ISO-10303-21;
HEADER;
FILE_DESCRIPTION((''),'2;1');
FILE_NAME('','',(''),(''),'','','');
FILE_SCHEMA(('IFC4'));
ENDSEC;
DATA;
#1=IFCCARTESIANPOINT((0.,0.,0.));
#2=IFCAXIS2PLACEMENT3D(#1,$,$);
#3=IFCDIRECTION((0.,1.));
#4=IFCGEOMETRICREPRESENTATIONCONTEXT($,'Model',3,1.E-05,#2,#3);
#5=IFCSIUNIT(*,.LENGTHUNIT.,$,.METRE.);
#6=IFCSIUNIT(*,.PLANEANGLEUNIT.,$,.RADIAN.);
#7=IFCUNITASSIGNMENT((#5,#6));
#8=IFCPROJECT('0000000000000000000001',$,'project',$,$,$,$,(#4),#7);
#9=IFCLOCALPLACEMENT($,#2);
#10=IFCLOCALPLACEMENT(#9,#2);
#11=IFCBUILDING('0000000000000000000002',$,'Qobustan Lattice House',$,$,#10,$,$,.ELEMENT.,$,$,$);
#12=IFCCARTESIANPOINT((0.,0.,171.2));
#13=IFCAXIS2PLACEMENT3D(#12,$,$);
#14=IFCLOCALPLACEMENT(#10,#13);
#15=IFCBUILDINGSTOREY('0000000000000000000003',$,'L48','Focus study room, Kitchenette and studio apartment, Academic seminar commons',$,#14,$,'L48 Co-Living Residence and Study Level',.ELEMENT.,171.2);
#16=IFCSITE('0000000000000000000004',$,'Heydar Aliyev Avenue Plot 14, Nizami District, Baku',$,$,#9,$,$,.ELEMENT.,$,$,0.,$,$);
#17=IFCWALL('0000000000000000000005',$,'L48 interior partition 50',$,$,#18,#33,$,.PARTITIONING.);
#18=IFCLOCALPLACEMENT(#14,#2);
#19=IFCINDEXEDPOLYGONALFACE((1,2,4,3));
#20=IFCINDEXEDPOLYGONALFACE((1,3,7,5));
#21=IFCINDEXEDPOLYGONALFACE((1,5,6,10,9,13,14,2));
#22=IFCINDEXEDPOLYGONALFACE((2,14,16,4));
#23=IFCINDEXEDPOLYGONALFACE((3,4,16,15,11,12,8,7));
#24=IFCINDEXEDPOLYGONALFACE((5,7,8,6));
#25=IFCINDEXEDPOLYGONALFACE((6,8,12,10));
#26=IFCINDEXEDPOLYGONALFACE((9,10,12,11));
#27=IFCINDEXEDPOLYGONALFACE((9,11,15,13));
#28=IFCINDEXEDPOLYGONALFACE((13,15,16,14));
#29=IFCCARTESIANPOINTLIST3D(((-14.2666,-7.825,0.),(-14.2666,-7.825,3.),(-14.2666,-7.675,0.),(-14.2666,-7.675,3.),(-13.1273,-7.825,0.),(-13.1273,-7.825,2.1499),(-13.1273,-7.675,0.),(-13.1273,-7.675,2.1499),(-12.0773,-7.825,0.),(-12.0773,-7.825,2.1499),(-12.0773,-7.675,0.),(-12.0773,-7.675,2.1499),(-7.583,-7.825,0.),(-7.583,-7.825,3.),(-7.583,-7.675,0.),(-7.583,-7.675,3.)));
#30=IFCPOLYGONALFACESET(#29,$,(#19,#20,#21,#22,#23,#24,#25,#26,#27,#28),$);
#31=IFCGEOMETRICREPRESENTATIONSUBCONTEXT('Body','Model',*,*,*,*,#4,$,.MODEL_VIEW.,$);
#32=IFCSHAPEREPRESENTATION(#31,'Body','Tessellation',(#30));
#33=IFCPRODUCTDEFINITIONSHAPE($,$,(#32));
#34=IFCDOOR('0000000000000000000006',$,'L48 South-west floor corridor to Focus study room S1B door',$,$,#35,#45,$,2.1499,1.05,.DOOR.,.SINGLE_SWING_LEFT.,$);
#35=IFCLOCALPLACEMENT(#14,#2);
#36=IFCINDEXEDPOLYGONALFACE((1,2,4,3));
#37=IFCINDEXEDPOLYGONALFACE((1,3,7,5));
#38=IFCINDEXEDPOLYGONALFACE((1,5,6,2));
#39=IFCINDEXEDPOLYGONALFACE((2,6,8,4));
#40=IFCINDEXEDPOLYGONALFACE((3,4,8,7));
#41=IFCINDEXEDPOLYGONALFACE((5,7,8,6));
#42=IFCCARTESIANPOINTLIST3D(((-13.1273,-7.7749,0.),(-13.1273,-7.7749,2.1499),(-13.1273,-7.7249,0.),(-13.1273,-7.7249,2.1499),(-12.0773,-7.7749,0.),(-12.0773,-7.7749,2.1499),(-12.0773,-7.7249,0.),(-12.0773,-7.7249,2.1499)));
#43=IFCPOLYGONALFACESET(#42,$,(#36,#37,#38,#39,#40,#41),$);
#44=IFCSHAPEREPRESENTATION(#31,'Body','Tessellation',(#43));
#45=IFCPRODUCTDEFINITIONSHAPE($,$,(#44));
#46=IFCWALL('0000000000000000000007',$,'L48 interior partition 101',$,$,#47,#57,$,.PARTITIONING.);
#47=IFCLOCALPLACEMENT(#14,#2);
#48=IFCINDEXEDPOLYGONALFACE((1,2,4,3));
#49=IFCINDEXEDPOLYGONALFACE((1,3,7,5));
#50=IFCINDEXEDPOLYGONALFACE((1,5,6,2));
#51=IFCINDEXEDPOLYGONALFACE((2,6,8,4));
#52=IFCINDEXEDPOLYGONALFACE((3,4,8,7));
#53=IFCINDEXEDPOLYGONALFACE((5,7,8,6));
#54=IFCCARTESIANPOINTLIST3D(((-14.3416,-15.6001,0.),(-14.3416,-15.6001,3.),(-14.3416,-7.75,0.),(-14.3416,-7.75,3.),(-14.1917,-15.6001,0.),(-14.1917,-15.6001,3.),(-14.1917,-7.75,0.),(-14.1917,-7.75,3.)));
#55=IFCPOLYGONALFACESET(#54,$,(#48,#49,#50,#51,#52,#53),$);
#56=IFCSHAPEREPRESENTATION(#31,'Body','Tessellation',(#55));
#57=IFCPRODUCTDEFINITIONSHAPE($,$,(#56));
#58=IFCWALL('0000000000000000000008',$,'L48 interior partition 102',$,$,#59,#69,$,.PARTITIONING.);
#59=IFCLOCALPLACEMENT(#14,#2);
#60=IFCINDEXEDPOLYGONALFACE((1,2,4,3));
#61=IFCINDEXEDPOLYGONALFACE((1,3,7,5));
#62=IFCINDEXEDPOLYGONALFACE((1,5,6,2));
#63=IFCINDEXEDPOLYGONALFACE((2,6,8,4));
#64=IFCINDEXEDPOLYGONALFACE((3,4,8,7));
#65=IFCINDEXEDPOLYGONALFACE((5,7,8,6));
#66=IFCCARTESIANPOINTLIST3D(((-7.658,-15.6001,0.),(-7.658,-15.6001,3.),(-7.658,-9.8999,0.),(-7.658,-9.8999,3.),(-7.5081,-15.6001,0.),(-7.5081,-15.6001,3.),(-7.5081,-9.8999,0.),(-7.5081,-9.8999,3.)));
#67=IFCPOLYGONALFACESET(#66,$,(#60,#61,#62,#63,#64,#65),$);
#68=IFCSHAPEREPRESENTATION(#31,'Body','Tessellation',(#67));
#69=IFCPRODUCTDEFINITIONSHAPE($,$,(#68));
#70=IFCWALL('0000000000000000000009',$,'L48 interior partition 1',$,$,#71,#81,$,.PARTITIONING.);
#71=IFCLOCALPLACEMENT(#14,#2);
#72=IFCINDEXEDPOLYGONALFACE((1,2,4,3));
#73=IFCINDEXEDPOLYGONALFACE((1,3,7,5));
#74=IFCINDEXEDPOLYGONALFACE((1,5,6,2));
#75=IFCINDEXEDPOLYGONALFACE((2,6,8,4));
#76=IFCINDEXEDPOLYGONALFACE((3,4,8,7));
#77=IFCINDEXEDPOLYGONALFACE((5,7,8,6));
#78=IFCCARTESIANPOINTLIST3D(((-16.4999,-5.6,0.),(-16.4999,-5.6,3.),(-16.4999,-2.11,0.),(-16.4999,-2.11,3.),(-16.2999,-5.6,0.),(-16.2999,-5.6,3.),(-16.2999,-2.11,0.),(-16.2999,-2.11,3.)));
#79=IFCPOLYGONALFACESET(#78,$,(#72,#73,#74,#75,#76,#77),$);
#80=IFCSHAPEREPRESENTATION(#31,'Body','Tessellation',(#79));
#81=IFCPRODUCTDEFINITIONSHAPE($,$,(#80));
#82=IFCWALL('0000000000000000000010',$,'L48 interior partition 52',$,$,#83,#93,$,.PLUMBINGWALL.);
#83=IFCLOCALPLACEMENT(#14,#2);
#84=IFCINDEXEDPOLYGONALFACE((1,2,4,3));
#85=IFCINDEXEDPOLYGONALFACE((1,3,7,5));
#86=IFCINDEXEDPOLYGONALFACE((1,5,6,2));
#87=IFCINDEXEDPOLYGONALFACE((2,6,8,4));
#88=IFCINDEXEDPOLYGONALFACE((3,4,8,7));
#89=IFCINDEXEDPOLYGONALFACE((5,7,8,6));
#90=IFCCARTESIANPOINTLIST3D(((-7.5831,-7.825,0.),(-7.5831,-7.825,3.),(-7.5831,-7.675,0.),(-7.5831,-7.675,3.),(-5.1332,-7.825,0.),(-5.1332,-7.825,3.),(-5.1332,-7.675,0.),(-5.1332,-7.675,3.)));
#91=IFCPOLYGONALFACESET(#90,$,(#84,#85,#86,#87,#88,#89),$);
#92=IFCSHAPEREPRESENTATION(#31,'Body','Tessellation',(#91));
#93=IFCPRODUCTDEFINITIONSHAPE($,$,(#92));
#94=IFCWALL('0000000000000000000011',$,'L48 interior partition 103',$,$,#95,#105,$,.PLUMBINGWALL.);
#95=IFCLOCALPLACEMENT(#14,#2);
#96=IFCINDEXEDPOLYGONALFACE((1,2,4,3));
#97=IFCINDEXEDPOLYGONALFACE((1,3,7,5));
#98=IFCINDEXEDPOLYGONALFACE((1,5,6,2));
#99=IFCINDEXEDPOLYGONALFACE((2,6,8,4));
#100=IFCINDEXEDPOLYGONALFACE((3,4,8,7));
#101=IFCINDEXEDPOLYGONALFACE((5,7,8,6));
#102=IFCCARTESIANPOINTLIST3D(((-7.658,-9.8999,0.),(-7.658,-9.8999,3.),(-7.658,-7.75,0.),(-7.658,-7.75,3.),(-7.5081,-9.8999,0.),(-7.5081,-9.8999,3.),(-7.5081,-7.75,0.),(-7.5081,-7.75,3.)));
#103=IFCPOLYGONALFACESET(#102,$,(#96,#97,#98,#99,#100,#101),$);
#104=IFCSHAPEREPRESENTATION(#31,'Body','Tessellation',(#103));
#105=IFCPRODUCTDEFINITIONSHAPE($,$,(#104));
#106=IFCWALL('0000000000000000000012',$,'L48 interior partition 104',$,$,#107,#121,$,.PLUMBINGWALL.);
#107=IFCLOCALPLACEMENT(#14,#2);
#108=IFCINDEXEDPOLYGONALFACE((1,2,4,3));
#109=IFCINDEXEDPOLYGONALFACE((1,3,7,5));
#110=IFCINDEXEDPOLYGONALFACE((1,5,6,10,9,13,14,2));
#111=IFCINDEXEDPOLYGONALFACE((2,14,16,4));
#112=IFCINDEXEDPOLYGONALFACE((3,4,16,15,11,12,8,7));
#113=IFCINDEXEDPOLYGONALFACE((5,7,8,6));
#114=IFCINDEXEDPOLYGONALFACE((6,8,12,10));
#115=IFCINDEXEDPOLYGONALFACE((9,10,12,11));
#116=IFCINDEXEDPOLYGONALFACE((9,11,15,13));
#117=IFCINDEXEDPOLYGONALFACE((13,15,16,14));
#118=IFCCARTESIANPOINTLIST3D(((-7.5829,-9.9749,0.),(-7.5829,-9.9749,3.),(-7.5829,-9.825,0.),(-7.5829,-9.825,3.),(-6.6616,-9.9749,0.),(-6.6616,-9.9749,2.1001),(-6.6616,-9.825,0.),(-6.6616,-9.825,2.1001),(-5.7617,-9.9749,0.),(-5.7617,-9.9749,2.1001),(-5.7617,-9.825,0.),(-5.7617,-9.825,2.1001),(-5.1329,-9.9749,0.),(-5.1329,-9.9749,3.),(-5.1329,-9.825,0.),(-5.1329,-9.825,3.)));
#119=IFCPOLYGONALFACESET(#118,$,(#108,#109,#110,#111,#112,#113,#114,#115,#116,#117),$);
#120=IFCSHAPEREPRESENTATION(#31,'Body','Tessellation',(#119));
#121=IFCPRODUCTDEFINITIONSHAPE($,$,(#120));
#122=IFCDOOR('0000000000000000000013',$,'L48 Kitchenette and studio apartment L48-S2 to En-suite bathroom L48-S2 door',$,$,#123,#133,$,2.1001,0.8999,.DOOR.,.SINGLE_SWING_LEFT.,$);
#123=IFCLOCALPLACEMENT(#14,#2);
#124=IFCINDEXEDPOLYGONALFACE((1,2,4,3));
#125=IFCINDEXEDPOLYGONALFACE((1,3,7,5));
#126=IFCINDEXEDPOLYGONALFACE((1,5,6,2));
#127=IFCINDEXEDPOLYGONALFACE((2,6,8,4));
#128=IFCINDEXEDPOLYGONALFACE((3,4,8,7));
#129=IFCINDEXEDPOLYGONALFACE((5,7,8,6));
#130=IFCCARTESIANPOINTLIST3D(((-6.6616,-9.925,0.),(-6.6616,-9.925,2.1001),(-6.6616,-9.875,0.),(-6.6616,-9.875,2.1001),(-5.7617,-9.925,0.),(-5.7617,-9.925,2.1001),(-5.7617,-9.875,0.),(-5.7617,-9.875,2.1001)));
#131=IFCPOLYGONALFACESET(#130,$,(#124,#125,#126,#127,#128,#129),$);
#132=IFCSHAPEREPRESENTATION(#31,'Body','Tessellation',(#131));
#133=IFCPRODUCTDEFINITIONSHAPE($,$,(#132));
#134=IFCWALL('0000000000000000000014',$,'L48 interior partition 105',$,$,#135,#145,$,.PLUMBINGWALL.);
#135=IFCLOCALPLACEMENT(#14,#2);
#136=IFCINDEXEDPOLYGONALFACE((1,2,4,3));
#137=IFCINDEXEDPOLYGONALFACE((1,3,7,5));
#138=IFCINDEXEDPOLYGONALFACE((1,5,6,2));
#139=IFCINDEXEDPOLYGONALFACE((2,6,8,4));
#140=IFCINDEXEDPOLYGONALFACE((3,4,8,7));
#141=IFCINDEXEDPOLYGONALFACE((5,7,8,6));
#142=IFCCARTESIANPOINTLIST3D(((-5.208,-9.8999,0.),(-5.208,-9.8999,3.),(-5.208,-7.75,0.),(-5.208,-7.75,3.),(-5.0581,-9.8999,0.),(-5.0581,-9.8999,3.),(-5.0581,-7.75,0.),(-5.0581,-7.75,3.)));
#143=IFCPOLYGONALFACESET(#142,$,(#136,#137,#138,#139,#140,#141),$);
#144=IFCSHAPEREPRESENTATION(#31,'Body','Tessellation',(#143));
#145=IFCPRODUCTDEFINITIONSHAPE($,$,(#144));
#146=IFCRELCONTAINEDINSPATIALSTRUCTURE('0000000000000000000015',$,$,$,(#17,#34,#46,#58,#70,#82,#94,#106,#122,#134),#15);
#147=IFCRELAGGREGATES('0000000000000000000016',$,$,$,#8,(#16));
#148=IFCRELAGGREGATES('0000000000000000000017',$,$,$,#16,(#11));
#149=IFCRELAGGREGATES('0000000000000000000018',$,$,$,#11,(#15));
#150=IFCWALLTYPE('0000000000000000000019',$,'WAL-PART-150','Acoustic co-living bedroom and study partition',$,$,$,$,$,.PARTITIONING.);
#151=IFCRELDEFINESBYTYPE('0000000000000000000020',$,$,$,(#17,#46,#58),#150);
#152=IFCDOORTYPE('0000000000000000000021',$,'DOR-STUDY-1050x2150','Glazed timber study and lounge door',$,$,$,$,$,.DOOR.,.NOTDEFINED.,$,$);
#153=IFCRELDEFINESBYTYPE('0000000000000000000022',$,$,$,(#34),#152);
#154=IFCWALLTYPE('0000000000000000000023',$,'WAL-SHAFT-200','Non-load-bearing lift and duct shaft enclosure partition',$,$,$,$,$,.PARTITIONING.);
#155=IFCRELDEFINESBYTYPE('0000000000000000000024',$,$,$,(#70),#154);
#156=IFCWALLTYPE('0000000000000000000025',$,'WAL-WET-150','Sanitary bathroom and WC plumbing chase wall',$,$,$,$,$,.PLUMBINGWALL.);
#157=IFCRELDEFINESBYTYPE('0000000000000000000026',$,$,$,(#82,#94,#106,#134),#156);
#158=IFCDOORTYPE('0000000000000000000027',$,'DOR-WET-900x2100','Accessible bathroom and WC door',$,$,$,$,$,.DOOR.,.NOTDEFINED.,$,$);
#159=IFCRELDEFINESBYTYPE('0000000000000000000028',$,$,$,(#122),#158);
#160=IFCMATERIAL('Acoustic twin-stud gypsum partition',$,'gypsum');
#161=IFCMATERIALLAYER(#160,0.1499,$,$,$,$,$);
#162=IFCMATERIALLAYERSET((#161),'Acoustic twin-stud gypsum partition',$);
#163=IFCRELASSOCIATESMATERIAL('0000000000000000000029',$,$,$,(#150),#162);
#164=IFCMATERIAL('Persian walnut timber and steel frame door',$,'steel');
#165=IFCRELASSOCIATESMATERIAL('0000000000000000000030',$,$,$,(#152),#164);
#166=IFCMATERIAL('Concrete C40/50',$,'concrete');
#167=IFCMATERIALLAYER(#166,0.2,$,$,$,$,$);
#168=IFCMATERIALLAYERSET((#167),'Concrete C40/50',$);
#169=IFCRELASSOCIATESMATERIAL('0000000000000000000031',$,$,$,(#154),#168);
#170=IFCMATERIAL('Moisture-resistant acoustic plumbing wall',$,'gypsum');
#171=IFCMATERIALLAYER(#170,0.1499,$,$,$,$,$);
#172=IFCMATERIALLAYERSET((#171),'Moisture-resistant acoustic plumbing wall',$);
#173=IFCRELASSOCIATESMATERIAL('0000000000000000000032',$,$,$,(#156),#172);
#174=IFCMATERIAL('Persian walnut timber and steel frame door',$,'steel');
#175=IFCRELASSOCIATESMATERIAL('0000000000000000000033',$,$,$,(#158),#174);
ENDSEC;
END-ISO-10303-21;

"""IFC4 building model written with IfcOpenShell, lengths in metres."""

from ifc_helpers import new_model, si_unit, direction, frame, frame_2d, origin, place, context, subcontext, project, spatial, rectangle, extrude, material, layer, layer_set, type_object, element, fill, save


model = new_model("IFC4")

# Units and contexts
model_context = context("Model", 3, precision=1e-05, world=origin(), true_north=direction((0.0, 1.0)))
body_context = subcontext(model_context, "Body", "Model", "MODEL_VIEW")
ifc_project = project(units=[si_unit("LENGTHUNIT", "METRE"), si_unit("PLANEANGLEUNIT", "RADIAN")], contexts=[model_context])

# Site, building, storey
site_placement = place(None, origin())
site = spatial("IfcSite", under=ifc_project, at=site_placement, Name="Heydar Aliyev Avenue Plot 14, Nizami District, Baku", CompositionType="ELEMENT", RefElevation=0.0)
building_placement = place(site_placement, origin())
building = spatial("IfcBuilding", under=site, at=building_placement, Name="Qobustan Lattice House", CompositionType="ELEMENT")
storey_placement = place(building_placement, frame((0.0, 0.0, 171.2)))
storey = spatial("IfcBuildingStorey", under=building, at=storey_placement, Name="L48", Description="Focus study room, Kitchenette and studio apartment, Academic seminar commons", LongName="L48 Co-Living Residence and Study Level", CompositionType="ELEMENT", Elevation=171.2)

# Wall, opening, door
ifc_material_1 = material(Name="Acoustic twin-stud gypsum partition", Category="gypsum")
ifc_layer_1 = layer(ifc_material_1, 0.1499)
ifc_layer_set_1 = layer_set([ifc_layer_1], Name="Acoustic twin-stud gypsum partition")
wall_type_1 = type_object("IfcWallType", Name="WAL-PART-150", Description="Acoustic co-living bedroom and study partition", PredefinedType="PARTITIONING", material=ifc_layer_set_1)
ifc_material_2 = material(Name="Persian walnut timber and steel frame door", Category="steel")
door_type_1 = type_object("IfcDoorType", Name="DOR-STUDY-1050x2150", Description="Glazed timber study and lounge door", OperationType="NOTDEFINED", PredefinedType="DOOR", material=ifc_material_2)
wall_1_placement = place(storey_placement, frame((-7.583, -7.75, 0.0), z_axis=(0.0, 0.0, 1.0), x_axis=(-1.0, 0.0, 0.0)))
wall_1 = element("IfcWall", 1, at=wall_1_placement, inside=storey, type_object=wall_type_1, Name="L48 interior partition 50", PredefinedType="PARTITIONING", context=body_context, shape_type="SweptSolid", body=[
    extrude(rectangle(XDim=6.6836, YDim=0.1499, at=frame_2d((3.3418, 0.0))), origin(), (0.0, 0.0, 1.0), 3.0),
])
opening_1_placement = place(wall_1_placement, frame((4.4944, 0.0, 0.0)))
opening_1 = element("IfcOpeningElement", 2, at=opening_1_placement, cuts=wall_1, PredefinedType="OPENING", context=body_context, shape_type="SweptSolid", body=[
    extrude(rectangle(XDim=1.05, YDim=2.1499, at=frame_2d((0.5249, 1.075))), frame((0.0, 0.085, 0.0), z_axis=(0.0, -1.0, 0.0), x_axis=(1.0, 0.0, 0.0)), (0.0, 0.0, 1.0), 0.1699),
])
door_1_placement = place(opening_1_placement, origin())
door_1 = element("IfcDoor", 3, at=door_1_placement, inside=storey, type_object=door_type_1, Name="L48 South-west floor corridor to Focus study room S1B door", OperationType="SINGLE_SWING_LEFT", OverallHeight=2.1499, OverallWidth=1.05, PredefinedType="DOOR", context=body_context, shape_type="SweptSolid", body=[
    extrude(rectangle(XDim=1.05, YDim=2.1499, at=frame_2d((0.5249, 1.075))), frame((0.0, 0.0249, 0.0), z_axis=(0.0, -1.0, 0.0), x_axis=(1.0, 0.0, 0.0)), (0.0, 0.0, 1.0), 0.05),
])
fill(opening_1, door_1)

# Walls
wall_2_placement = place(storey_placement, frame((-14.2666, -7.75, 0.0), z_axis=(0.0, 0.0, 1.0), x_axis=(0.0, -1.0, 0.0)))
element("IfcWall", 4, at=wall_2_placement, inside=storey, type_object=wall_type_1, Name="L48 interior partition 101", PredefinedType="PARTITIONING", context=body_context, shape_type="SweptSolid", body=[
    extrude(rectangle(XDim=7.8501, YDim=0.1499, at=frame_2d((3.925, 0.0))), origin(), (0.0, 0.0, 1.0), 3.0),
])
wall_3_placement = place(storey_placement, frame((-7.583, -9.8999, 0.0), z_axis=(0.0, 0.0, 1.0), x_axis=(0.0, -1.0, 0.0)))
element("IfcWall", 5, at=wall_3_placement, inside=storey, type_object=wall_type_1, Name="L48 interior partition 102", PredefinedType="PARTITIONING", context=body_context, shape_type="SweptSolid", body=[
    extrude(rectangle(XDim=5.7002, YDim=0.1499, at=frame_2d((2.8501, 0.0))), origin(), (0.0, 0.0, 1.0), 3.0),
])
ifc_material_3 = material(Name="Concrete C40/50", Category="concrete")
ifc_layer_2 = layer(ifc_material_3, 0.2)
ifc_layer_set_2 = layer_set([ifc_layer_2], Name="Concrete C40/50")
wall_type_2 = type_object("IfcWallType", Name="WAL-SHAFT-200", Description="Non-load-bearing lift and duct shaft enclosure partition", PredefinedType="PARTITIONING", material=ifc_layer_set_2)
wall_4_placement = place(storey_placement, frame((-16.3999, -5.6001, 0.0), z_axis=(0.0, 0.0, 1.0), x_axis=(0.0, 1.0, 0.0)))
element("IfcWall", 6, at=wall_4_placement, inside=storey, type_object=wall_type_2, Name="L48 interior partition 1", PredefinedType="PARTITIONING", context=body_context, shape_type="SweptSolid", body=[
    extrude(rectangle(XDim=3.49, YDim=0.2, at=frame_2d((1.7451, 0.0))), origin(), (0.0, 0.0, 1.0), 3.0),
])
ifc_material_4 = material(Name="Moisture-resistant acoustic plumbing wall", Category="gypsum")
ifc_layer_3 = layer(ifc_material_4, 0.1499)
ifc_layer_set_3 = layer_set([ifc_layer_3], Name="Moisture-resistant acoustic plumbing wall")
wall_type_3 = type_object("IfcWallType", Name="WAL-WET-150", Description="Sanitary bathroom and WC plumbing chase wall", PredefinedType="PLUMBINGWALL", material=ifc_layer_set_3)
wall_5_placement = place(storey_placement, frame((-5.1331, -7.75, 0.0), z_axis=(0.0, 0.0, 1.0), x_axis=(-1.0, 0.0, 0.0)))
element("IfcWall", 7, at=wall_5_placement, inside=storey, type_object=wall_type_3, Name="L48 interior partition 52", PredefinedType="PLUMBINGWALL", context=body_context, shape_type="SweptSolid", body=[
    extrude(rectangle(XDim=2.45, YDim=0.1499, at=frame_2d((1.2251, 0.0))), origin(), (0.0, 0.0, 1.0), 3.0),
])
wall_6_placement = place(storey_placement, frame((-7.583, -7.75, 0.0), z_axis=(0.0, 0.0, 1.0), x_axis=(0.0, -1.0, 0.0)))
element("IfcWall", 8, at=wall_6_placement, inside=storey, type_object=wall_type_3, Name="L48 interior partition 103", PredefinedType="PLUMBINGWALL", context=body_context, shape_type="SweptSolid", body=[
    extrude(rectangle(XDim=2.1499, YDim=0.1499, at=frame_2d((1.075, 0.0))), origin(), (0.0, 0.0, 1.0), 3.0),
])

# Wall, opening, door
wall_7_placement = place(storey_placement, frame((-7.583, -9.8999, 0.0), z_axis=(0.0, 0.0, 1.0), x_axis=(1.0, 0.0, 0.0)))
wall_7 = element("IfcWall", 9, at=wall_7_placement, inside=storey, type_object=wall_type_3, Name="L48 interior partition 104", PredefinedType="PLUMBINGWALL", context=body_context, shape_type="SweptSolid", body=[
    extrude(rectangle(XDim=2.45, YDim=0.1499, at=frame_2d((1.2251, 0.0))), origin(), (0.0, 0.0, 1.0), 3.0),
])
opening_2_placement = place(wall_7_placement, frame((0.9214, 0.0, 0.0)))
opening_2 = element("IfcOpeningElement", 10, at=opening_2_placement, cuts=wall_7, PredefinedType="OPENING", context=body_context, shape_type="SweptSolid", body=[
    extrude(rectangle(XDim=0.8999, YDim=2.1001, at=frame_2d((0.45, 1.05))), frame((0.0, 0.085, 0.0), z_axis=(0.0, -1.0, 0.0), x_axis=(1.0, 0.0, 0.0)), (0.0, 0.0, 1.0), 0.1699),
])
ifc_material_5 = material(Name="Persian walnut timber and steel frame door", Category="steel")
door_type_2 = type_object("IfcDoorType", Name="DOR-WET-900x2100", Description="Accessible bathroom and WC door", OperationType="NOTDEFINED", PredefinedType="DOOR", material=ifc_material_5)
door_2_placement = place(opening_2_placement, origin())
door_2 = element("IfcDoor", 11, at=door_2_placement, inside=storey, type_object=door_type_2, Name="L48 Kitchenette and studio apartment L48-S2 to En-suite bathroom L48-S2 door", OperationType="SINGLE_SWING_LEFT", OverallHeight=2.1001, OverallWidth=0.8999, PredefinedType="DOOR", context=body_context, shape_type="SweptSolid", body=[
    extrude(rectangle(XDim=0.8999, YDim=2.1001, at=frame_2d((0.45, 1.05))), frame((0.0, 0.0249, 0.0), z_axis=(0.0, -1.0, 0.0), x_axis=(1.0, 0.0, 0.0)), (0.0, 0.0, 1.0), 0.05),
])
fill(opening_2, door_2)

# Wall
wall_8_placement = place(storey_placement, frame((-5.1331, -9.8999, 0.0), z_axis=(0.0, 0.0, 1.0), x_axis=(0.0, 1.0, 0.0)))
element("IfcWall", 12, at=wall_8_placement, inside=storey, type_object=wall_type_3, Name="L48 interior partition 105", PredefinedType="PLUMBINGWALL", context=body_context, shape_type="SweptSolid", body=[
    extrude(rectangle(XDim=2.1499, YDim=0.1499, at=frame_2d((1.075, 0.0))), origin(), (0.0, 0.0, 1.0), 3.0),
])

save(model, "model.ifc")
